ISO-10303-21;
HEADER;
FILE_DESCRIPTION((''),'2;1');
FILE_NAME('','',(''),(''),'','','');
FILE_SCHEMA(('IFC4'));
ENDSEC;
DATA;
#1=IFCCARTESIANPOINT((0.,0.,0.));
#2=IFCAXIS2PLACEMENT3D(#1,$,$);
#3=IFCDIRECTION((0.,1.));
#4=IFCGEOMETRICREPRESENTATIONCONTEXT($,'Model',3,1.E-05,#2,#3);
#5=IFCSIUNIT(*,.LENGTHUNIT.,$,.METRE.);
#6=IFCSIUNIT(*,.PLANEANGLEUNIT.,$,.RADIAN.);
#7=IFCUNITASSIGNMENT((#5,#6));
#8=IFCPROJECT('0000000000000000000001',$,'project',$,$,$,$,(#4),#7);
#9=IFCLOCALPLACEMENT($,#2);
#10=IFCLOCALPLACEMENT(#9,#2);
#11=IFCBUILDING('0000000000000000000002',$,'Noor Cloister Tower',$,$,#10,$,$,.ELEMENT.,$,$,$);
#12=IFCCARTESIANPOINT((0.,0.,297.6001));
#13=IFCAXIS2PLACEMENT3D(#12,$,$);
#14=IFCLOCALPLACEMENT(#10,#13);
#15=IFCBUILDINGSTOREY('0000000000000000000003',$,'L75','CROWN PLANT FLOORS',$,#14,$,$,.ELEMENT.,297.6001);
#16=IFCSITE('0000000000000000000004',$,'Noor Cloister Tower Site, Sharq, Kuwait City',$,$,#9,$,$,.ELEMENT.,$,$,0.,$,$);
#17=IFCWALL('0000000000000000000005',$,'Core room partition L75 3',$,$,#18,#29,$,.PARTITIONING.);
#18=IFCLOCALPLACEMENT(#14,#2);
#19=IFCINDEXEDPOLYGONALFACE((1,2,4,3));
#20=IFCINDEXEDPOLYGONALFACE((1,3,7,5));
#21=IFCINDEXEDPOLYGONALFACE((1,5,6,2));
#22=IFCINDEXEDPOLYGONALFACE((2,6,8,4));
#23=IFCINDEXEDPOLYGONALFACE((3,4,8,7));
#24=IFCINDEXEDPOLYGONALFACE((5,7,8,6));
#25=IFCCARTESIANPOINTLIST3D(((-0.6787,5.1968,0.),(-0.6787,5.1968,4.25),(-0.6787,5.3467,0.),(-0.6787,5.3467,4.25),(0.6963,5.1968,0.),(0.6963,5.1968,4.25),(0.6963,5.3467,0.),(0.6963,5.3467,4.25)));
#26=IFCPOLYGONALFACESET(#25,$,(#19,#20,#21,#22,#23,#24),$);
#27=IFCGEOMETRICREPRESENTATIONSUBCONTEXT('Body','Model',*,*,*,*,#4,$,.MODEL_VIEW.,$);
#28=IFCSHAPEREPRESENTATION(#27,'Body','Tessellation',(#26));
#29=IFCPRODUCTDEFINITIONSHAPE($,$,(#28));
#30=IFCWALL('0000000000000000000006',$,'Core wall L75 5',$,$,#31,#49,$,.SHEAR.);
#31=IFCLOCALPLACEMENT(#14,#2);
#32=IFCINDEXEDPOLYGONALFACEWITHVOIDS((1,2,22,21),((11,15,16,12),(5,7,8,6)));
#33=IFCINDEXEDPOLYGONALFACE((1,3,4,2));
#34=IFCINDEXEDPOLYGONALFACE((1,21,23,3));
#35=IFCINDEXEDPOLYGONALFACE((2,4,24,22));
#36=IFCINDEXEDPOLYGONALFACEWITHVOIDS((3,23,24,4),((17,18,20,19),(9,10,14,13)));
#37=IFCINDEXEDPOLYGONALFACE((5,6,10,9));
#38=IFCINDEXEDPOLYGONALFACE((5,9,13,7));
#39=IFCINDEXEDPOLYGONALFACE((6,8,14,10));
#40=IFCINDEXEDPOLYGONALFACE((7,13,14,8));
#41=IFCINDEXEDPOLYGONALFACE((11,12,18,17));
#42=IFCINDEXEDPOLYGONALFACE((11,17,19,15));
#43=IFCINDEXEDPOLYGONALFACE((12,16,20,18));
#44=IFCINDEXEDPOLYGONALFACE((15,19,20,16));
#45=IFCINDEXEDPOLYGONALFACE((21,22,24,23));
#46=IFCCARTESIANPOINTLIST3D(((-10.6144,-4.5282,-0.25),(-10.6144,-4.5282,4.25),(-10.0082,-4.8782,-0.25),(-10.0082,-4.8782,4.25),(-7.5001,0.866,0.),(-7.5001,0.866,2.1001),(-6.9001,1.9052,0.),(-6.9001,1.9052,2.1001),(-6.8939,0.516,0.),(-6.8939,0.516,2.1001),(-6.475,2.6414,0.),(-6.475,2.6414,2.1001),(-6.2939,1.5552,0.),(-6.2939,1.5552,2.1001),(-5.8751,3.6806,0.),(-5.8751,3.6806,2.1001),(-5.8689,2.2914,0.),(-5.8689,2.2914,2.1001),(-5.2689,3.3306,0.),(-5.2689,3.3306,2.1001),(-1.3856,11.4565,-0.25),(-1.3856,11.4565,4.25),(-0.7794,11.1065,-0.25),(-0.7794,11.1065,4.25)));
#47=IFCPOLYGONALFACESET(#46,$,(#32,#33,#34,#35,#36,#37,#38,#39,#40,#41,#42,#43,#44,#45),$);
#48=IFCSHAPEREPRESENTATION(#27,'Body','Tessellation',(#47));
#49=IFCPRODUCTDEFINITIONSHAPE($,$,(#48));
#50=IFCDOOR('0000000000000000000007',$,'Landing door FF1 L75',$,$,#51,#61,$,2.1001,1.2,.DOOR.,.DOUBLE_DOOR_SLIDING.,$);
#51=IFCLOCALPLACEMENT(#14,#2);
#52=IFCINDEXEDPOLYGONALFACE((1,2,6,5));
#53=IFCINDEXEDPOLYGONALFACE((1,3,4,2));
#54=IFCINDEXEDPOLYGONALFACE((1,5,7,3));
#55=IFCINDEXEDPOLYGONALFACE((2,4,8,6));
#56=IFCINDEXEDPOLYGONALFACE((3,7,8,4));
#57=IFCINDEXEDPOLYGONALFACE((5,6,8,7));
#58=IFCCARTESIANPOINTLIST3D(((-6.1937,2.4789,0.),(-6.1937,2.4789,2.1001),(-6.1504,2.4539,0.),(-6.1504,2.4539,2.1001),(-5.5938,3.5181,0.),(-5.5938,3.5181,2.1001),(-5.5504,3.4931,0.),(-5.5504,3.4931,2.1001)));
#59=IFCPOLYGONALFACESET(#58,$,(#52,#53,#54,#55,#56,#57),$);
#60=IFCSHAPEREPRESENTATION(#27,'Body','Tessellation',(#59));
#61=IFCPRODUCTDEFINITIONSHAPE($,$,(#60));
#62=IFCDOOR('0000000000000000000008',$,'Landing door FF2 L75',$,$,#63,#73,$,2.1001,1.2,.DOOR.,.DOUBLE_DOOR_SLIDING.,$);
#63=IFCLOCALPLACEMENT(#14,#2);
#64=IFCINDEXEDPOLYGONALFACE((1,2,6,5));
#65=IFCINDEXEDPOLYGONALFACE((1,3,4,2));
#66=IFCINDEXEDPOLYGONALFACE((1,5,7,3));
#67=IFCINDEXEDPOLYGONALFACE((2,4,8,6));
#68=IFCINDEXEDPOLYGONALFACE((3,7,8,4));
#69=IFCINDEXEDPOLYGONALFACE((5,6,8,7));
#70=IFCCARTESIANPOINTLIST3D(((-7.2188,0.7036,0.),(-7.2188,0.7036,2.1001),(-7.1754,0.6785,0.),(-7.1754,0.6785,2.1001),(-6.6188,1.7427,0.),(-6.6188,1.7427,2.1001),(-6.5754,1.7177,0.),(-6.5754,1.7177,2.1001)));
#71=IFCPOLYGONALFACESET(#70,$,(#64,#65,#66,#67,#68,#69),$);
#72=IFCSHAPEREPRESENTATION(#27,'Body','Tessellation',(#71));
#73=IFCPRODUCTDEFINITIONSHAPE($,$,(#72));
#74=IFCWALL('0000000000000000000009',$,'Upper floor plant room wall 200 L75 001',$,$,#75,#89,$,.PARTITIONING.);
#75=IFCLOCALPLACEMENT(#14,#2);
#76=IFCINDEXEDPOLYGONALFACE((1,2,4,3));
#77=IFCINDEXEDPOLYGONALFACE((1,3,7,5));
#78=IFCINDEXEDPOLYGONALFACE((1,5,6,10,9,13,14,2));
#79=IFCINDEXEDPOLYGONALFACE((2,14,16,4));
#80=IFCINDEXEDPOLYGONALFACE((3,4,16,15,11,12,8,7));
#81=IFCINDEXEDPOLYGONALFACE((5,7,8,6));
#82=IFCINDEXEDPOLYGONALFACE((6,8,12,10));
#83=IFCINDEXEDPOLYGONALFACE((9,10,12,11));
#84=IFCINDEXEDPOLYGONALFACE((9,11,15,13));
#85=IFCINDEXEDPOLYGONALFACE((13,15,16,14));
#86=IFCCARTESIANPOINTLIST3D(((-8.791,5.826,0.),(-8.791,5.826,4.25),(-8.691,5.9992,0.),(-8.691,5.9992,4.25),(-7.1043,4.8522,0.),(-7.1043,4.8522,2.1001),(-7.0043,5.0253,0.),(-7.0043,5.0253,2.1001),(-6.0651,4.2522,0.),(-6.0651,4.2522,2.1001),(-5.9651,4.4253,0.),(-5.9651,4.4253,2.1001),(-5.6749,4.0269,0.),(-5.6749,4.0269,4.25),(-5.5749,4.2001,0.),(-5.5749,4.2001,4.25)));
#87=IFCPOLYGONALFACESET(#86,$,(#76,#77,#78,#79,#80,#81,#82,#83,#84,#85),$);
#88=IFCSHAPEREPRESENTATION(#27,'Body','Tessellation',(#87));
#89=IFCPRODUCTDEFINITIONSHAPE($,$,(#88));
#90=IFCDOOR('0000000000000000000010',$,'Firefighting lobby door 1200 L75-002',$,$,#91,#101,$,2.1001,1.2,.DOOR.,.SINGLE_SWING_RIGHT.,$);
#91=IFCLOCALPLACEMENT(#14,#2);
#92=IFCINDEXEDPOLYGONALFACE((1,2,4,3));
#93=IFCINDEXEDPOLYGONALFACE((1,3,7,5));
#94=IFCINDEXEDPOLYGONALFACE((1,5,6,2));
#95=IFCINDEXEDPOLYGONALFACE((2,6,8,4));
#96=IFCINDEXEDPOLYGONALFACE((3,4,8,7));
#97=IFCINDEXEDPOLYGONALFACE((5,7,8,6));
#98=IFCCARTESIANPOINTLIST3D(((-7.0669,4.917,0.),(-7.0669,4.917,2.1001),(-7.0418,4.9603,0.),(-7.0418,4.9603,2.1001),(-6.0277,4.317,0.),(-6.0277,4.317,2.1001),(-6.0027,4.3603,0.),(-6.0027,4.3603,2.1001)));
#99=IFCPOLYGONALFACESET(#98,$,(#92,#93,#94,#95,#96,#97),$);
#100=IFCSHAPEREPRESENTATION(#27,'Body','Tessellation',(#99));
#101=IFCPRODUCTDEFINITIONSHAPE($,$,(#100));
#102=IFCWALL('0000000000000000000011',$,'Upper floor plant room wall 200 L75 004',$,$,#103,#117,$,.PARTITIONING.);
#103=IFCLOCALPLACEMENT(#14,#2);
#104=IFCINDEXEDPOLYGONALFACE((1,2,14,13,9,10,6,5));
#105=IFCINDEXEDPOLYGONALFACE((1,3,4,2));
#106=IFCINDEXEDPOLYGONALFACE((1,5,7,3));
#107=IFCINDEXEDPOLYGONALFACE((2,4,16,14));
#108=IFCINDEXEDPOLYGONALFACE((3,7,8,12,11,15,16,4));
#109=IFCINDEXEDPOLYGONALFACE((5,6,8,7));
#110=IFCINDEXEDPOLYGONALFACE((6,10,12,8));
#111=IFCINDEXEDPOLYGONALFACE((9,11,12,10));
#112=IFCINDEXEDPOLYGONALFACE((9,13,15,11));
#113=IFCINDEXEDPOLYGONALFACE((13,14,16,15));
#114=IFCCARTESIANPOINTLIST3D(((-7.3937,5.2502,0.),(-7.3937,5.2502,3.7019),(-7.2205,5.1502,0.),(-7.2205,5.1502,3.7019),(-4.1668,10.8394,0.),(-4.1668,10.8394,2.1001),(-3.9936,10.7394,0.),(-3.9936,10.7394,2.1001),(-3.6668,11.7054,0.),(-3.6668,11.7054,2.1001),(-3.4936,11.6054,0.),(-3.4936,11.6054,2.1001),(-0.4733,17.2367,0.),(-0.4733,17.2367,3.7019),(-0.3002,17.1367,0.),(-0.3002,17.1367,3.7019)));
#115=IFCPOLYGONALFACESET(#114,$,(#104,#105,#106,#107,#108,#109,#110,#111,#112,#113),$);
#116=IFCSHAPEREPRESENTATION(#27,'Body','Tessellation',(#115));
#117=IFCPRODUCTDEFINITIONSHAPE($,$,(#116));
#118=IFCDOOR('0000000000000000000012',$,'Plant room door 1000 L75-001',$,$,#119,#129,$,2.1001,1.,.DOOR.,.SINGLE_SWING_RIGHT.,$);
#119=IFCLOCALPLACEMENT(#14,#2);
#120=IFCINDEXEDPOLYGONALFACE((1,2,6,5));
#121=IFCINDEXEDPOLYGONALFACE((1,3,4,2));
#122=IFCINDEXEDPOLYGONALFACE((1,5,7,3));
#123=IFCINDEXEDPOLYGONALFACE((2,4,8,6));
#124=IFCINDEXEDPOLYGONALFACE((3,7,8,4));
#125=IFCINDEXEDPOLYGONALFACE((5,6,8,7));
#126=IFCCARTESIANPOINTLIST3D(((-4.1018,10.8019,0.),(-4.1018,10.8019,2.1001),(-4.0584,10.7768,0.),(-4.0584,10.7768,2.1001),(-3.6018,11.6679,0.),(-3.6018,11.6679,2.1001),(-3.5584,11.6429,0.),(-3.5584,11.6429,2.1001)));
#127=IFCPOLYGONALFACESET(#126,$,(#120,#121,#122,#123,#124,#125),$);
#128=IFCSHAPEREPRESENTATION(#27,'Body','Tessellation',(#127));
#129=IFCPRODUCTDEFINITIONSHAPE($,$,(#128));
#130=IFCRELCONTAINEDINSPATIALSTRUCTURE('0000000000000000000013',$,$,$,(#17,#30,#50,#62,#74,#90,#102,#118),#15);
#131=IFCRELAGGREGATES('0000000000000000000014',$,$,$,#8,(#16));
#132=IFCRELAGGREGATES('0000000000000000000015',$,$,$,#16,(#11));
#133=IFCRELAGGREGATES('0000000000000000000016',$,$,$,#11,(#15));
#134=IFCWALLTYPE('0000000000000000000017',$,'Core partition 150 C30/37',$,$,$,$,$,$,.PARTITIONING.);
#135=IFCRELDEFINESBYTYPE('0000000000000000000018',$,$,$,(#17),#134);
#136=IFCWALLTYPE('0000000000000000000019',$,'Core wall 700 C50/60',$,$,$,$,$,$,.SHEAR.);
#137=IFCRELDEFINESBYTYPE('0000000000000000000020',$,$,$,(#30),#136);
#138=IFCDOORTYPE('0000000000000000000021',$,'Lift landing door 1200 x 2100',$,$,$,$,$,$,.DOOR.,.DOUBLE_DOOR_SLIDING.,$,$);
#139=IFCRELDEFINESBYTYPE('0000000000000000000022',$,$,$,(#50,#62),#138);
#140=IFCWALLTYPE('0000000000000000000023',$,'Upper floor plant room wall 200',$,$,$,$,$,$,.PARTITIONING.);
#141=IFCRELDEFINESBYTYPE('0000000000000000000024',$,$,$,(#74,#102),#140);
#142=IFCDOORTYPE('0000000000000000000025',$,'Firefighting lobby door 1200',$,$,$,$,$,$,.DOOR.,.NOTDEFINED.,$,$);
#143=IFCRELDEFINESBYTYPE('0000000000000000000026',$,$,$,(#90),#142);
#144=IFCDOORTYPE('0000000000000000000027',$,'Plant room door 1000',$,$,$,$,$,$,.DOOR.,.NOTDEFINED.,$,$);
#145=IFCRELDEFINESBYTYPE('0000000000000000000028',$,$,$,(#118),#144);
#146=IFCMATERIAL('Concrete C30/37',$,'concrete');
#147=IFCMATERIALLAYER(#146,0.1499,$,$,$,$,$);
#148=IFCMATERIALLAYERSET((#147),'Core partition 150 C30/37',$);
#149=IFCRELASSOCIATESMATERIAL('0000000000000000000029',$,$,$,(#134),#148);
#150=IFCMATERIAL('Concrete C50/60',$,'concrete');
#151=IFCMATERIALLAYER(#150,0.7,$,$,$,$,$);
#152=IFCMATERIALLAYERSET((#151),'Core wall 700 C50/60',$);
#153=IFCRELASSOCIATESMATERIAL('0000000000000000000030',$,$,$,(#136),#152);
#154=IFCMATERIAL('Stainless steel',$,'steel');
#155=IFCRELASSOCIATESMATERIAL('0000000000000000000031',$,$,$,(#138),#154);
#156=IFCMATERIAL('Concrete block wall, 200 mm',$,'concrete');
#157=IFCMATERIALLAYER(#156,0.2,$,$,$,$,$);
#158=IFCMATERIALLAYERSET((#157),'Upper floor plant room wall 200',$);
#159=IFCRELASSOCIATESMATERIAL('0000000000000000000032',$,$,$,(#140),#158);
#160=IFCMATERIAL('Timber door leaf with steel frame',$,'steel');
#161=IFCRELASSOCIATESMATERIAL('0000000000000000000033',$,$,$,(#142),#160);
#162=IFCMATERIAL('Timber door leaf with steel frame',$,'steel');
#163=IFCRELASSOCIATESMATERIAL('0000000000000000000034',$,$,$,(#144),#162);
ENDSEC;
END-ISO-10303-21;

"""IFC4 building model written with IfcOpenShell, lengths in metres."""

from ifc_helpers import new_model, si_unit, direction, frame, frame_2d, origin, place, context, subcontext, project, spatial, rectangle, extrude, material, layer, layer_set, type_object, element, fill, save


model = new_model("IFC4")

# Units and contexts
model_context = context("Model", 3, precision=1e-05, world=origin(), true_north=direction((0.0, 1.0)))
body_context = subcontext(model_context, "Body", "Model", "MODEL_VIEW")
ifc_project = project(units=[si_unit("LENGTHUNIT", "METRE"), si_unit("PLANEANGLEUNIT", "RADIAN")], contexts=[model_context])

# Site, building, storey
site_placement = place(None, origin())
site = spatial("IfcSite", under=ifc_project, at=site_placement, Name="Noor Cloister Tower Site, Sharq, Kuwait City", CompositionType="ELEMENT", RefElevation=0.0)
building_placement = place(site_placement, origin())
building = spatial("IfcBuilding", under=site, at=building_placement, Name="Noor Cloister Tower", CompositionType="ELEMENT")
storey_placement = place(building_placement, frame((0.0, 0.0, 297.6001)))
storey = spatial("IfcBuildingStorey", under=building, at=storey_placement, Name="L75", Description="CROWN PLANT FLOORS", CompositionType="ELEMENT", Elevation=297.6001)

# Shared definitions
ifc_material_1 = material(Name="Concrete C30/37", Category="concrete")
ifc_layer_1 = layer(ifc_material_1, 0.1499)
ifc_layer_set_1 = layer_set([ifc_layer_1], Name="Core partition 150 C30/37")
wall_type_1 = type_object("IfcWallType", Name="Core partition 150 C30/37", PredefinedType="PARTITIONING", material=ifc_layer_set_1)

# Wall
wall_1_placement = place(storey_placement, frame((-0.6787, 5.2717, 0.0), z_axis=(0.0, 0.0, 1.0), x_axis=(1.0, 0.0, 0.0)))
element("IfcWall", 1, at=wall_1_placement, inside=storey, type_object=wall_type_1, Name="Core room partition L75 3", PredefinedType="PARTITIONING", context=body_context, shape_type="SweptSolid", body=[
    extrude(rectangle(XDim=1.375, YDim=0.1499, at=frame_2d((0.6875, 0.0))), origin(), (0.0, 0.0, 1.0), 4.25),
])

# Wall, openings, doors
ifc_material_2 = material(Name="Concrete C50/60", Category="concrete")
ifc_layer_2 = layer(ifc_material_2, 0.7)
ifc_layer_set_2 = layer_set([ifc_layer_2], Name="Core wall 700 C50/60")
wall_type_2 = type_object("IfcWallType", Name="Core wall 700 C50/60", PredefinedType="SHEAR", material=ifc_layer_set_2)
wall_2_placement = place(storey_placement, frame((-1.0825, 11.2815, -0.25), z_axis=(0.0, 0.0, 1.0), x_axis=(-0.500001, -0.866025, 0.0)))
wall_2 = element("IfcWall", 2, at=wall_2_placement, inside=storey, type_object=wall_type_2, Name="Core wall L75 5", PredefinedType="SHEAR", context=body_context, shape_type="SweptSolid", body=[
    extrude(rectangle(XDim=18.4575, YDim=0.7, at=frame_2d((9.2288, 0.0))), origin(), (0.0, 0.0, 1.0), 4.5),
])
opening_1_placement = place(wall_2_placement, frame((8.9788, 0.0, 0.25)))
opening_1 = element("IfcOpeningElement", 3, at=opening_1_placement, cuts=wall_2, PredefinedType="OPENING", context=body_context, shape_type="SweptSolid", body=[
    extrude(rectangle(XDim=1.2, YDim=2.1001, at=frame_2d((0.6001, 1.05))), frame((0.0, 0.3599, 0.0), z_axis=(0.0, -1.0, 0.0), x_axis=(1.0, 0.0, 0.0)), (0.0, 0.0, 1.0), 0.72),
])
opening_2_placement = place(wall_2_placement, frame((11.0288, 0.0, 0.25)))
opening_2 = element("IfcOpeningElement", 4, at=opening_2_placement, cuts=wall_2, PredefinedType="OPENING", context=body_context, shape_type="SweptSolid", body=[
    extrude(rectangle(XDim=1.2, YDim=2.1001, at=frame_2d((0.6001, 1.05))), frame((0.0, 0.3599, 0.0), z_axis=(0.0, -1.0, 0.0), x_axis=(1.0, 0.0, 0.0)), (0.0, 0.0, 1.0), 0.72),
])
ifc_material_3 = material(Name="Stainless steel", Category="steel")
door_type_1 = type_object("IfcDoorType", Name="Lift landing door 1200 x 2100", OperationType="DOUBLE_DOOR_SLIDING", PredefinedType="DOOR", material=ifc_material_3)
door_1_placement = place(opening_1_placement, origin())
door_1 = element("IfcDoor", 5, at=door_1_placement, inside=storey, type_object=door_type_1, Name="Landing door FF1 L75", OperationType="DOUBLE_DOOR_SLIDING", OverallHeight=2.1001, OverallWidth=1.2, PredefinedType="DOOR", context=body_context, shape_type="SweptSolid", body=[
    extrude(rectangle(XDim=1.2, YDim=2.1001, at=frame_2d((0.6001, 1.05))), frame((0.0, 0.0249, 0.0), z_axis=(0.0, -1.0, 0.0), x_axis=(1.0, 0.0, 0.0)), (0.0, 0.0, 1.0), 0.05),
])
fill(opening_1, door_1)
door_2_placement = place(opening_2_placement, origin())
door_2 = element("IfcDoor", 6, at=door_2_placement, inside=storey, type_object=door_type_1, Name="Landing door FF2 L75", OperationType="DOUBLE_DOOR_SLIDING", OverallHeight=2.1001, OverallWidth=1.2, PredefinedType="DOOR", context=body_context, shape_type="SweptSolid", body=[
    extrude(rectangle(XDim=1.2, YDim=2.1001, at=frame_2d((0.6001, 1.05))), frame((0.0, 0.0249, 0.0), z_axis=(0.0, -1.0, 0.0), x_axis=(1.0, 0.0, 0.0)), (0.0, 0.0, 1.0), 0.05),
])
fill(opening_2, door_2)

# Walls, openings, doors
ifc_material_4 = material(Name="Concrete block wall, 200 mm", Category="concrete")
ifc_layer_3 = layer(ifc_material_4, 0.2)
ifc_layer_set_3 = layer_set([ifc_layer_3], Name="Upper floor plant room wall 200")
wall_type_3 = type_object("IfcWallType", Name="Upper floor plant room wall 200", PredefinedType="PARTITIONING", material=ifc_layer_set_3)
wall_3_placement = place(storey_placement, frame((-8.741, 5.9126, 0.0), z_axis=(0.0, 0.0, 1.0), x_axis=(0.866017, -0.500014, 0.0)))
wall_3 = element("IfcWall", 7, at=wall_3_placement, inside=storey, type_object=wall_type_3, Name="Upper floor plant room wall 200 L75 001", PredefinedType="PARTITIONING", context=body_context, shape_type="SweptSolid", body=[
    extrude(rectangle(XDim=3.5981, YDim=0.2, at=frame_2d((1.7991, 0.0))), origin(), (0.0, 0.0, 1.0), 4.25),
])
opening_3_placement = place(wall_3_placement, frame((1.9475, 0.0, 0.0)))
opening_3 = element("IfcOpeningElement", 8, at=opening_3_placement, cuts=wall_3, PredefinedType="OPENING", context=body_context, shape_type="SweptSolid", body=[
    extrude(rectangle(XDim=1.2, YDim=2.1001, at=frame_2d((0.6001, 1.05))), frame((0.0, 0.1099, 0.0), z_axis=(0.0, -1.0, 0.0), x_axis=(1.0, 0.0, 0.0)), (0.0, 0.0, 1.0), 0.22),
])
ifc_material_5 = material(Name="Timber door leaf with steel frame", Category="steel")
door_type_2 = type_object("IfcDoorType", Name="Firefighting lobby door 1200", OperationType="NOTDEFINED", PredefinedType="DOOR", material=ifc_material_5)
door_3_placement = place(opening_3_placement, origin())
door_3 = element("IfcDoor", 9, at=door_3_placement, inside=storey, type_object=door_type_2, Name="Firefighting lobby door 1200 L75-002", OperationType="SINGLE_SWING_RIGHT", OverallHeight=2.1001, OverallWidth=1.2, PredefinedType="DOOR", context=body_context, shape_type="SweptSolid", body=[
    extrude(rectangle(XDim=1.2, YDim=2.1001, at=frame_2d((0.6001, 1.05))), frame((0.0, 0.0249, 0.0), z_axis=(0.0, -1.0, 0.0), x_axis=(1.0, 0.0, 0.0)), (0.0, 0.0, 1.0), 0.05),
])
fill(opening_3, door_3)
wall_4_placement = place(storey_placement, frame((-7.3071, 5.2002, 0.0), z_axis=(0.0, 0.0, 1.0), x_axis=(0.499998, 0.866027, 0.0)))
wall_4 = element("IfcWall", 10, at=wall_4_placement, inside=storey, type_object=wall_type_3, Name="Upper floor plant room wall 200 L75 004", PredefinedType="PARTITIONING", context=body_context, shape_type="SweptSolid", body=[
    extrude(rectangle(XDim=13.8408, YDim=0.2, at=frame_2d((6.9204, 0.0))), origin(), (0.0, 0.0, 1.0), 3.7019),
])
opening_4_placement = place(wall_4_placement, frame((6.4539, 0.0, 0.0)))
opening_4 = element("IfcOpeningElement", 11, at=opening_4_placement, cuts=wall_4, PredefinedType="OPENING", context=body_context, shape_type="SweptSolid", body=[
    extrude(rectangle(XDim=1.0, YDim=2.1001, at=frame_2d((0.5, 1.05))), frame((0.0, 0.1099, 0.0), z_axis=(0.0, -1.0, 0.0), x_axis=(1.0, 0.0, 0.0)), (0.0, 0.0, 1.0), 0.22),
])
ifc_material_6 = material(Name="Timber door leaf with steel frame", Category="steel")
door_type_3 = type_object("IfcDoorType", Name="Plant room door 1000", OperationType="NOTDEFINED", PredefinedType="DOOR", material=ifc_material_6)
door_4_placement = place(opening_4_placement, origin())
door_4 = element("IfcDoor", 12, at=door_4_placement, inside=storey, type_object=door_type_3, Name="Plant room door 1000 L75-001", OperationType="SINGLE_SWING_RIGHT", OverallHeight=2.1001, OverallWidth=1.0, PredefinedType="DOOR", context=body_context, shape_type="SweptSolid", body=[
    extrude(rectangle(XDim=1.0, YDim=2.1001, at=frame_2d((0.5, 1.05))), frame((0.0, 0.0249, 0.0), z_axis=(0.0, -1.0, 0.0), x_axis=(1.0, 0.0, 0.0)), (0.0, 0.0, 1.0), 0.05),
])
fill(opening_4, door_4)

save(model, "model.ifc")
